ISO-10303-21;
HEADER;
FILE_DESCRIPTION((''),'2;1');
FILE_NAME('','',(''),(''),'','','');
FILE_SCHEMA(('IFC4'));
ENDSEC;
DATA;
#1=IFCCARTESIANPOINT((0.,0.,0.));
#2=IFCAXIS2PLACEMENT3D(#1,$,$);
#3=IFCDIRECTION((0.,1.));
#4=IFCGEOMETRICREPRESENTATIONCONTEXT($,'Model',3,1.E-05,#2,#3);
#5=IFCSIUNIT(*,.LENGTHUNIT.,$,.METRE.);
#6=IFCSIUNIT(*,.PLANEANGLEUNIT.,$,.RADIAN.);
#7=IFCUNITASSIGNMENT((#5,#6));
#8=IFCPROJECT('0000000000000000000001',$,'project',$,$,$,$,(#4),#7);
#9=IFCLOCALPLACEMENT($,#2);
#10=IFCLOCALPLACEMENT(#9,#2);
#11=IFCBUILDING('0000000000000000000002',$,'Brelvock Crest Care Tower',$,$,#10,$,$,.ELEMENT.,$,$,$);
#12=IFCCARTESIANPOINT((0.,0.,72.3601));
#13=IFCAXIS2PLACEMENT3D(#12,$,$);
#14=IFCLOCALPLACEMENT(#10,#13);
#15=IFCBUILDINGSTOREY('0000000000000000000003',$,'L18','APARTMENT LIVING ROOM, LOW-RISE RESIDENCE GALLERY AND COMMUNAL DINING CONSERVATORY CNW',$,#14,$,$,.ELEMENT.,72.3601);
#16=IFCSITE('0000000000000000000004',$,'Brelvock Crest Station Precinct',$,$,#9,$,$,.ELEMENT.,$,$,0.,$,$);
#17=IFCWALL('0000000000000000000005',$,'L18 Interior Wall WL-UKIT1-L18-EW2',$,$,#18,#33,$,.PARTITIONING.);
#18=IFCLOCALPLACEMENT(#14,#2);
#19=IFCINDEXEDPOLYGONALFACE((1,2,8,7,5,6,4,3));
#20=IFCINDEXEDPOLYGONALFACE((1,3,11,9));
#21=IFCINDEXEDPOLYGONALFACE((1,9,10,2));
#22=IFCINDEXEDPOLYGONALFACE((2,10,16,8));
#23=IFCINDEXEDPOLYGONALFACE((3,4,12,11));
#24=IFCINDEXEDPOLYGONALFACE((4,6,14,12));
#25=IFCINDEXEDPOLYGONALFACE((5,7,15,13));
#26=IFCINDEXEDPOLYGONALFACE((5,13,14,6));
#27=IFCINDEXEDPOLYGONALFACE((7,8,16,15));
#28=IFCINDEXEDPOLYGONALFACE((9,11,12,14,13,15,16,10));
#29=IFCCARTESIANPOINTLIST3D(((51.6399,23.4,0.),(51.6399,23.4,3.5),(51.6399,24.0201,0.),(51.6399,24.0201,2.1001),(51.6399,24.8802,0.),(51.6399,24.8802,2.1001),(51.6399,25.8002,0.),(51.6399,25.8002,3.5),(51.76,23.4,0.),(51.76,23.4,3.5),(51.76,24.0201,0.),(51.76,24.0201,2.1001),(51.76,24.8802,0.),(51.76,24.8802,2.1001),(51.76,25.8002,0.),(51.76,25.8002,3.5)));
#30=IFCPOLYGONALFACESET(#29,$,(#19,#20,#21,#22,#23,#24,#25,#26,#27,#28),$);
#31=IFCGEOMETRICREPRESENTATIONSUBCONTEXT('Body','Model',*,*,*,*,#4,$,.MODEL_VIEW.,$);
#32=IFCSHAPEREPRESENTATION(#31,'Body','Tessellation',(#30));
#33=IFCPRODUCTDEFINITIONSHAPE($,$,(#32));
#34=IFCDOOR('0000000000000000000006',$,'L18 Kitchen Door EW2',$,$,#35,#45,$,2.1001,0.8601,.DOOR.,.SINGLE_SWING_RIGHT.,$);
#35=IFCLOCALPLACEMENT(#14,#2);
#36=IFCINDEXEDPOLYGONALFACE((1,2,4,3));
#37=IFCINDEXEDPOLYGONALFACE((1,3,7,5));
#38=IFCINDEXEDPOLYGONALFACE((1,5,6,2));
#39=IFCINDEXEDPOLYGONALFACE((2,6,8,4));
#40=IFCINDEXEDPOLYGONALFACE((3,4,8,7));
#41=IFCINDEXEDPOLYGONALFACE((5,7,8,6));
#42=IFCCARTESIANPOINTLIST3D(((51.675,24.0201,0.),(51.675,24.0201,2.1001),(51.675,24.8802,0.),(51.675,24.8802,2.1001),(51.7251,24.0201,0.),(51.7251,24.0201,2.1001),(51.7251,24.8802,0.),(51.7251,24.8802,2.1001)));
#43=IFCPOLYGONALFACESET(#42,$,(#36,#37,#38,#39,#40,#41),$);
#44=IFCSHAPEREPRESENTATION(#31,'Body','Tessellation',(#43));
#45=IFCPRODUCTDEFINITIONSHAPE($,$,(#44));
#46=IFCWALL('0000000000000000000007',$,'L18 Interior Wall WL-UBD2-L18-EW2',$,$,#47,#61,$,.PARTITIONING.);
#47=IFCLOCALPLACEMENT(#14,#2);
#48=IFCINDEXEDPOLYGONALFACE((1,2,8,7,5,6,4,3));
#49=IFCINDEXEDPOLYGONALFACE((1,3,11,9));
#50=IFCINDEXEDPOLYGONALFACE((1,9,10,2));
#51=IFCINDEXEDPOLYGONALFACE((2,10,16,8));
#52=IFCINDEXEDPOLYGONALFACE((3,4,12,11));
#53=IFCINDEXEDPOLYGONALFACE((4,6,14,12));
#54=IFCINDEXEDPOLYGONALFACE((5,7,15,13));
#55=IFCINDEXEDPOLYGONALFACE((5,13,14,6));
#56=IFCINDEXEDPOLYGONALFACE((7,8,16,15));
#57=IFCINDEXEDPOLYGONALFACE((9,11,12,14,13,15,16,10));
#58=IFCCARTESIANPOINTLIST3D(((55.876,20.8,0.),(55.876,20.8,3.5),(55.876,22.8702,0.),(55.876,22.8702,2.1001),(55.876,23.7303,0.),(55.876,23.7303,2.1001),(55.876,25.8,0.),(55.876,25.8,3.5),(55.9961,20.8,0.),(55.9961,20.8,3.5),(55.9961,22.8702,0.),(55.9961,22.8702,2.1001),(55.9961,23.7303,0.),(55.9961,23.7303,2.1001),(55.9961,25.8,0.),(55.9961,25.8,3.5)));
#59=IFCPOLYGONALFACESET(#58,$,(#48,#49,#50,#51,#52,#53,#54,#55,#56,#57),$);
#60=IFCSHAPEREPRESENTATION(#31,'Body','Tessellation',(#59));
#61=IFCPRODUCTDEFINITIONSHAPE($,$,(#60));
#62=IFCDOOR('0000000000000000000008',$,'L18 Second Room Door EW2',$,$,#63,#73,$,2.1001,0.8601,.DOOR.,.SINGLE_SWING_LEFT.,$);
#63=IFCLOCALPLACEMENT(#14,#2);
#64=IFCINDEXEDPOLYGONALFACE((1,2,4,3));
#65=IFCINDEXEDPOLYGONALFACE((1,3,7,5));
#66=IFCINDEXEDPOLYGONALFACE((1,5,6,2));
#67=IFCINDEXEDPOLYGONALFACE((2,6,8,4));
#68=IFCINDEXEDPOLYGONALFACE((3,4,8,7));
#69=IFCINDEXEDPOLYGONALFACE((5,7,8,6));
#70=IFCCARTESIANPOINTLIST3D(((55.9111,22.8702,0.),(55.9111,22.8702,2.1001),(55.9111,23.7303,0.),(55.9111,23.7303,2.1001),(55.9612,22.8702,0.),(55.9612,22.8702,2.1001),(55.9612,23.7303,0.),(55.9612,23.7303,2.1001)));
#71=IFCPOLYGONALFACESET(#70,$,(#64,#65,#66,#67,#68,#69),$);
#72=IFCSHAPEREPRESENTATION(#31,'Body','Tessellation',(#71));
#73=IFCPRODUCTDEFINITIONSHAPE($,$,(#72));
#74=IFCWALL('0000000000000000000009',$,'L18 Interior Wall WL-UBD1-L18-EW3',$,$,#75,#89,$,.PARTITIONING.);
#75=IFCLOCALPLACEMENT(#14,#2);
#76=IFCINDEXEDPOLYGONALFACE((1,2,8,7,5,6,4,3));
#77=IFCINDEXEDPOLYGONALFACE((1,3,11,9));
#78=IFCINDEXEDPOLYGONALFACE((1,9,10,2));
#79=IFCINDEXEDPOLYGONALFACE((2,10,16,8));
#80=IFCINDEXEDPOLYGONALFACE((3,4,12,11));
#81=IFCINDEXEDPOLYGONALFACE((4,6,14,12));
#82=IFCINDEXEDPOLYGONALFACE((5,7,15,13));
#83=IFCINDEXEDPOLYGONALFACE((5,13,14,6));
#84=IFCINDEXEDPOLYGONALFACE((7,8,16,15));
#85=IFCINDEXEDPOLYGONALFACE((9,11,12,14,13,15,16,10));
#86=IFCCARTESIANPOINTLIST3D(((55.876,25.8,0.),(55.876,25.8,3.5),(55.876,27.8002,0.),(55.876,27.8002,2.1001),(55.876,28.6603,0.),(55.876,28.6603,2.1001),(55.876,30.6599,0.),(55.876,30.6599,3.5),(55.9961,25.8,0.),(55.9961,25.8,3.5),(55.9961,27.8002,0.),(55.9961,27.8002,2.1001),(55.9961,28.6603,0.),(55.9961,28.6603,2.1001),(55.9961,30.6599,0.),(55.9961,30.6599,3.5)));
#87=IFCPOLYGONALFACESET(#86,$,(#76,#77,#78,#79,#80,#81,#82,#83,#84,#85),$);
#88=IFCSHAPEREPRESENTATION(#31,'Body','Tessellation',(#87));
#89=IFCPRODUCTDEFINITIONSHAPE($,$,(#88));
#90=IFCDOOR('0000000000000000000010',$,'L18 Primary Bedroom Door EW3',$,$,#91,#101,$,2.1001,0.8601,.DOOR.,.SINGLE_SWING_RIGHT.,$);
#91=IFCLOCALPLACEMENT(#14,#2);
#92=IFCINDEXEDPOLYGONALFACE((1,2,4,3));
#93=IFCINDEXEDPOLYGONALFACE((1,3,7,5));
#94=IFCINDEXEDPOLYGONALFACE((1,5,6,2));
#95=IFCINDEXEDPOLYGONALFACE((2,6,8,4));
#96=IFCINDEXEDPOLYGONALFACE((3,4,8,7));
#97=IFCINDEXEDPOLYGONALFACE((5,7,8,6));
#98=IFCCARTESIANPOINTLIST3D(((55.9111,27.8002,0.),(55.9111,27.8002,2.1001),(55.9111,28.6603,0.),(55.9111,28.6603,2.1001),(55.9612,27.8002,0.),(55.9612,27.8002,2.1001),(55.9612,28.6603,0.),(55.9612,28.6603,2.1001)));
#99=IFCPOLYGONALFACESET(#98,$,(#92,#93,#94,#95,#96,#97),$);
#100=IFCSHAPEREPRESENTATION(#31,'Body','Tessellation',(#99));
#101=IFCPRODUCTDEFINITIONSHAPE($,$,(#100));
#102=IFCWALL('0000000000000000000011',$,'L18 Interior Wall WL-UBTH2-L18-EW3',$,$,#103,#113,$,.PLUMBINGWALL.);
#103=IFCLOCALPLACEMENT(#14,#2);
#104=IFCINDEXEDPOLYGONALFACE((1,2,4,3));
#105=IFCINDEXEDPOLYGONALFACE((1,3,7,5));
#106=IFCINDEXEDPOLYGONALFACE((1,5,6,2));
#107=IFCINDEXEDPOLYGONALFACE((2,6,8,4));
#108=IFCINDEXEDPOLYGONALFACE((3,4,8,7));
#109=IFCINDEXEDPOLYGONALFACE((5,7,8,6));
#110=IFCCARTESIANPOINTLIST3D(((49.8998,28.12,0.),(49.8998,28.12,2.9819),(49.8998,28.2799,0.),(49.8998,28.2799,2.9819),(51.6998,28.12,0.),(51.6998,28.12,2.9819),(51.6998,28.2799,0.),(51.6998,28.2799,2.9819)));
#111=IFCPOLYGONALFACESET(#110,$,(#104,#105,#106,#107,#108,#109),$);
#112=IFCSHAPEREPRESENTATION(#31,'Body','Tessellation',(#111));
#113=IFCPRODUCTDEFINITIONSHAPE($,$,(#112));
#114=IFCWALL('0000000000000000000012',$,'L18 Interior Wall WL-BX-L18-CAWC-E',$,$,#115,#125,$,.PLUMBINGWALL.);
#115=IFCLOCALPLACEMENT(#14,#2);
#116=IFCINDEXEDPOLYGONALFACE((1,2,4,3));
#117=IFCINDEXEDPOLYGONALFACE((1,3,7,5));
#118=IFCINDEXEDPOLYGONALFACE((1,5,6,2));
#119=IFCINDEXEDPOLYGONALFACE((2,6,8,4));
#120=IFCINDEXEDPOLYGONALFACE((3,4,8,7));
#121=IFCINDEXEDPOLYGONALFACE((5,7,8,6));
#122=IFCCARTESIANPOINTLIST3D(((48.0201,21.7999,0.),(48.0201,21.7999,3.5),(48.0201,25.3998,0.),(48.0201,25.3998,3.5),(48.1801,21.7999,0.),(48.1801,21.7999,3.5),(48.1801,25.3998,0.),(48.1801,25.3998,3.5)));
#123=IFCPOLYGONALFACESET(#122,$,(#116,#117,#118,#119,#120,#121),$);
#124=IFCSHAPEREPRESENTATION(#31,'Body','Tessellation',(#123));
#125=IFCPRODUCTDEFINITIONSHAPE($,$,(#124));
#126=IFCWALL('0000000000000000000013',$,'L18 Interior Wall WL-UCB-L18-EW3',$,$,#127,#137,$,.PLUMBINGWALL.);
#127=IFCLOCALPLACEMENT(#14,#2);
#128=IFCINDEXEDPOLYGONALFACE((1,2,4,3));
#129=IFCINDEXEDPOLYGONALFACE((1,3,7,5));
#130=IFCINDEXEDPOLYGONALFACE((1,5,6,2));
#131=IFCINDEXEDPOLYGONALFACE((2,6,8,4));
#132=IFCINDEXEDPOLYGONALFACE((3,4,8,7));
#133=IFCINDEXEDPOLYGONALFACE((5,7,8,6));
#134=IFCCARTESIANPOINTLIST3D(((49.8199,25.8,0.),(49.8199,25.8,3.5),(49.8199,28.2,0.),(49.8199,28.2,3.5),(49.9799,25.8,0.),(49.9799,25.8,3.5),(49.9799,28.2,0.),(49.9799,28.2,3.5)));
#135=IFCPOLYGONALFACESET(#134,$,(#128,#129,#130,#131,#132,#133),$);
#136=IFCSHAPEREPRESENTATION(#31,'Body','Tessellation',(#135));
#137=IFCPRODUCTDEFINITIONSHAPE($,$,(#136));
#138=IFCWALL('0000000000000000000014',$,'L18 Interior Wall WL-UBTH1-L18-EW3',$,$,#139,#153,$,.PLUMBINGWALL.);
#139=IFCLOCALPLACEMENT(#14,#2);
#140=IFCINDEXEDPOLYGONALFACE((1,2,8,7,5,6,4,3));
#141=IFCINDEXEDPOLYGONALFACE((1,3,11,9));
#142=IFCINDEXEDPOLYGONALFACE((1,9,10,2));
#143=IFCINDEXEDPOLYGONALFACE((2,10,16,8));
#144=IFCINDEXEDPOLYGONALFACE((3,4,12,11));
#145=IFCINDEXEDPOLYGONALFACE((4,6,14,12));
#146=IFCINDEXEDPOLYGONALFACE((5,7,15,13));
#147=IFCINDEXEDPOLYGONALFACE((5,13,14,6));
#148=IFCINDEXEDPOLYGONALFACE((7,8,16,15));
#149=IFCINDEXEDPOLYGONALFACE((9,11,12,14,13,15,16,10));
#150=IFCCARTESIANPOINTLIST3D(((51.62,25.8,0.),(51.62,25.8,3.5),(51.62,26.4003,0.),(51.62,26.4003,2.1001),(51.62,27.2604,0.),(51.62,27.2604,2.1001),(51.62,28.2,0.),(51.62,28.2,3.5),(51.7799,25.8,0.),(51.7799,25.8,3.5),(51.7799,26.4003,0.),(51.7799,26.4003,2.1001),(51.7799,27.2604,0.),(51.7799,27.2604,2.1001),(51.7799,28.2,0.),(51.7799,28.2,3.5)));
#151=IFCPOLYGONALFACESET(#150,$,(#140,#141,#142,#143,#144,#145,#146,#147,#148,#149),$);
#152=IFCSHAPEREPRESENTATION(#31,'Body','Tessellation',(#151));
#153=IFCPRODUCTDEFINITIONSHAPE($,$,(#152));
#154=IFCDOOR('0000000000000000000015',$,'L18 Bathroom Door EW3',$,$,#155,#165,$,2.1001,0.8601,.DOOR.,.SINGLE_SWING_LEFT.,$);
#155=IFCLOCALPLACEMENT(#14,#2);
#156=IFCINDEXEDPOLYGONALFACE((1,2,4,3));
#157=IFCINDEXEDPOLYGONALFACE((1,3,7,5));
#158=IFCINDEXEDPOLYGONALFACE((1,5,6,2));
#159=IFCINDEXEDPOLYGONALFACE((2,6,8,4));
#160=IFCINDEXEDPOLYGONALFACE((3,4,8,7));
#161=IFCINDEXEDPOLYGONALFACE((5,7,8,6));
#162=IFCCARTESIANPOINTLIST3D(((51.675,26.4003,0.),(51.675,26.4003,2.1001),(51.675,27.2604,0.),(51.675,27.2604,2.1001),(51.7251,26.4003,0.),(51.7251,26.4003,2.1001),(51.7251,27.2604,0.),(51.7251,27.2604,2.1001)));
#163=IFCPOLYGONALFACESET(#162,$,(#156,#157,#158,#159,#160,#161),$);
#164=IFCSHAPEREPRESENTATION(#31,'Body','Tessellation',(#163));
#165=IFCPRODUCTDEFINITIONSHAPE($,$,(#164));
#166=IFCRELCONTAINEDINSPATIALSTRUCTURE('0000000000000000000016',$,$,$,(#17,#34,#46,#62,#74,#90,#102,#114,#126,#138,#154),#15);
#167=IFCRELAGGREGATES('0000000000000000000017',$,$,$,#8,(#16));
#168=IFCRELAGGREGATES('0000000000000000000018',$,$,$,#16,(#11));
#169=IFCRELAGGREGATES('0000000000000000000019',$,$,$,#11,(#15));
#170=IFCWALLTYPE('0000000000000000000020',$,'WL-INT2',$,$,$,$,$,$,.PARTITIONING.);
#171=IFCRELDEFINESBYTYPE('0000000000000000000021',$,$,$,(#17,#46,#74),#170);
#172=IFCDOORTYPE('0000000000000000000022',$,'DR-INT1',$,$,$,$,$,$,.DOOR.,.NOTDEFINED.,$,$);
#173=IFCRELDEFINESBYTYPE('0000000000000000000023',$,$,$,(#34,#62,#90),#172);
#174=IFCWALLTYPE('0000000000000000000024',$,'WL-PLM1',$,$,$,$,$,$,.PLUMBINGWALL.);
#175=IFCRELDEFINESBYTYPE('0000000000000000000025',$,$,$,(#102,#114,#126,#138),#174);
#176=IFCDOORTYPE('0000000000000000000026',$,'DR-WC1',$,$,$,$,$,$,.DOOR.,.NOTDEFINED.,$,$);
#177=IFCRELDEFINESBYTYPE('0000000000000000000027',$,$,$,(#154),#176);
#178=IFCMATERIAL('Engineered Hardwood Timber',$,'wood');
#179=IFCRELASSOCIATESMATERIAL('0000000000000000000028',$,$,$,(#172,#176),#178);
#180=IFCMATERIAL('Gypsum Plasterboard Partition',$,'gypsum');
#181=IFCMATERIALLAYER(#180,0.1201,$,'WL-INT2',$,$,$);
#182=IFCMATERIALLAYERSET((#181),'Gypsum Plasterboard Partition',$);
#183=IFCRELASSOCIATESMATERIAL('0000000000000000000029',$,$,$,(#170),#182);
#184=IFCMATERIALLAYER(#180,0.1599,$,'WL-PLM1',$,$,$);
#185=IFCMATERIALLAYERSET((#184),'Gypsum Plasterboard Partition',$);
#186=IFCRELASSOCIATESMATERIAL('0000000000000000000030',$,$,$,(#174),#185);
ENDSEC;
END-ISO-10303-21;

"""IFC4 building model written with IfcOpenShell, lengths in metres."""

from ifc_helpers import new_model, si_unit, direction, frame, frame_2d, origin, origin_2d, place, context, subcontext, project, spatial, rectangle, extrude, source, transform, mapped, material, layer, layer_set, type_object, element, fill, save


model = new_model("IFC4")

# Units and contexts
model_context = context("Model", 3, precision=1e-05, world=origin(), true_north=direction((0.0, 1.0)))
body_context = subcontext(model_context, "Body", "Model", "MODEL_VIEW")
ifc_project = project(units=[si_unit("LENGTHUNIT", "METRE"), si_unit("PLANEANGLEUNIT", "RADIAN")], contexts=[model_context])

# Site, building, storey
site_placement = place(None, origin())
site = spatial("IfcSite", under=ifc_project, at=site_placement, Name="Brelvock Crest Station Precinct", CompositionType="ELEMENT", RefElevation=0.0)
building_placement = place(site_placement, origin())
building = spatial("IfcBuilding", under=site, at=building_placement, Name="Brelvock Crest Care Tower", CompositionType="ELEMENT")
storey_placement = place(building_placement, frame((0.0, 0.0, 72.3601)))
storey = spatial("IfcBuildingStorey", under=building, at=storey_placement, Name="L18", Description="APARTMENT LIVING ROOM, LOW-RISE RESIDENCE GALLERY AND COMMUNAL DINING CONSERVATORY CNW", CompositionType="ELEMENT", Elevation=72.3601)

# Shared definitions
ifc_material_1 = material(Name="Engineered Hardwood Timber", Category="wood")
door_type_1 = type_object("IfcDoorType", Name="DR-INT1", OperationType="NOTDEFINED", PredefinedType="DOOR", material=ifc_material_1)
shared_shape_1 = source(origin(), body_context, "Body", "SweptSolid", [
    extrude(rectangle(XDim=0.8601, YDim=2.1001, at=origin_2d()), frame((0.4302, 0.0249, 1.05), z_axis=(0.0, -1.0, 0.0), x_axis=(1.0, 0.0, 0.0)), (0.0, 0.0, 1.0), 0.05),
])

# Shared definitions
ifc_material_2 = material(Name="Gypsum Plasterboard Partition", Category="gypsum")
ifc_layer_1 = layer(ifc_material_2, 0.1201, Name="WL-INT2")
ifc_layer_set_1 = layer_set([ifc_layer_1], Name="Gypsum Plasterboard Partition")
wall_type_1 = type_object("IfcWallType", Name="WL-INT2", PredefinedType="PARTITIONING", material=ifc_layer_set_1)

# Walls, openings, doors
wall_1_placement = place(storey_placement, frame((51.7, 23.3999, 0.0), z_axis=(0.0, 0.0, 1.0), x_axis=(0.0, 1.0, 0.0)))
wall_1 = element("IfcWall", 1, at=wall_1_placement, inside=storey, type_object=wall_type_1, Name="L18 Interior Wall WL-UKIT1-L18-EW2", PredefinedType="PARTITIONING", context=body_context, shape_type="SweptSolid", body=[
    extrude(rectangle(XDim=2.4001, YDim=0.1201, at=frame_2d((1.2002, 0.0))), origin(), (0.0, 0.0, 1.0), 3.5),
])
opening_1_placement = place(wall_1_placement, frame((0.6201, 0.0, 0.0)))
opening_1 = element("IfcOpeningElement", 2, at=opening_1_placement, cuts=wall_1, PredefinedType="OPENING", context=body_context, shape_type="SweptSolid", body=[
    extrude(rectangle(XDim=0.8601, YDim=2.1001, at=origin_2d()), frame((0.4302, 0.0701, 1.05), z_axis=(0.0, -1.0, 0.0), x_axis=(1.0, 0.0, 0.0)), (0.0, 0.0, 1.0), 0.1401),
])
door_1_placement = place(opening_1_placement, origin())
door_1 = element("IfcDoor", 3, at=door_1_placement, inside=storey, type_object=door_type_1, Name="L18 Kitchen Door EW2", OperationType="SINGLE_SWING_RIGHT", OverallHeight=2.1001, OverallWidth=0.8601, PredefinedType="DOOR", context=body_context, shape_type="MappedRepresentation", body=[
    mapped(shared_shape_1, transform((0.0, 0.0, 0.0), x_axis=(1.0, 0.0, 0.0), y_axis=(0.0, 1.0, 0.0), z_axis=(0.0, 0.0, 1.0), scale=1.0)),
])
fill(opening_1, door_1)
wall_2_placement = place(storey_placement, frame((55.936, 20.8, 0.0), z_axis=(0.0, 0.0, 1.0), x_axis=(0.0, 1.0, 0.0)))
wall_2 = element("IfcWall", 4, at=wall_2_placement, inside=storey, type_object=wall_type_1, Name="L18 Interior Wall WL-UBD2-L18-EW2", PredefinedType="PARTITIONING", context=body_context, shape_type="SweptSolid", body=[
    extrude(rectangle(XDim=5.0, YDim=0.1201, at=frame_2d((2.5, 0.0))), origin(), (0.0, 0.0, 1.0), 3.5),
])
opening_2_placement = place(wall_2_placement, frame((2.0701, 0.0, 0.0)))
opening_2 = element("IfcOpeningElement", 5, at=opening_2_placement, cuts=wall_2, PredefinedType="OPENING", context=body_context, shape_type="SweptSolid", body=[
    extrude(rectangle(XDim=0.8601, YDim=2.1001, at=origin_2d()), frame((0.4302, 0.0701, 1.05), z_axis=(0.0, -1.0, 0.0), x_axis=(1.0, 0.0, 0.0)), (0.0, 0.0, 1.0), 0.1401),
])
door_2_placement = place(opening_2_placement, origin())
door_2 = element("IfcDoor", 6, at=door_2_placement, inside=storey, type_object=door_type_1, Name="L18 Second Room Door EW2", OperationType="SINGLE_SWING_LEFT", OverallHeight=2.1001, OverallWidth=0.8601, PredefinedType="DOOR", context=body_context, shape_type="MappedRepresentation", body=[
    mapped(shared_shape_1, transform((0.0, 0.0, 0.0), x_axis=(1.0, 0.0, 0.0), y_axis=(0.0, 1.0, 0.0), z_axis=(0.0, 0.0, 1.0), scale=1.0)),
])
fill(opening_2, door_2)
wall_3_placement = place(storey_placement, frame((55.936, 25.8, 0.0), z_axis=(0.0, 0.0, 1.0), x_axis=(0.0, 1.0, 0.0)))
wall_3 = element("IfcWall", 7, at=wall_3_placement, inside=storey, type_object=wall_type_1, Name="L18 Interior Wall WL-UBD1-L18-EW3", PredefinedType="PARTITIONING", context=body_context, shape_type="SweptSolid", body=[
    extrude(rectangle(XDim=4.8599, YDim=0.1201, at=frame_2d((2.4299, 0.0))), origin(), (0.0, 0.0, 1.0), 3.5),
])
opening_3_placement = place(wall_3_placement, frame((2.0, 0.0, 0.0)))
opening_3 = element("IfcOpeningElement", 8, at=opening_3_placement, cuts=wall_3, PredefinedType="OPENING", context=body_context, shape_type="SweptSolid", body=[
    extrude(rectangle(XDim=0.8601, YDim=2.1001, at=origin_2d()), frame((0.4302, 0.0701, 1.05), z_axis=(0.0, -1.0, 0.0), x_axis=(1.0, 0.0, 0.0)), (0.0, 0.0, 1.0), 0.1401),
])
door_3_placement = place(opening_3_placement, origin())
door_3 = element("IfcDoor", 9, at=door_3_placement, inside=storey, type_object=door_type_1, Name="L18 Primary Bedroom Door EW3", OperationType="SINGLE_SWING_RIGHT", OverallHeight=2.1001, OverallWidth=0.8601, PredefinedType="DOOR", context=body_context, shape_type="MappedRepresentation", body=[
    mapped(shared_shape_1, transform((0.0, 0.0, 0.0), x_axis=(1.0, 0.0, 0.0), y_axis=(0.0, 1.0, 0.0), z_axis=(0.0, 0.0, 1.0), scale=1.0)),
])
fill(opening_3, door_3)

# Walls
ifc_layer_2 = layer(ifc_material_2, 0.1599, Name="WL-PLM1")
ifc_layer_set_2 = layer_set([ifc_layer_2], Name="Gypsum Plasterboard Partition")
wall_type_2 = type_object("IfcWallType", Name="WL-PLM1", PredefinedType="PLUMBINGWALL", material=ifc_layer_set_2)
wall_4_placement = place(storey_placement, frame((49.8999, 28.2, 0.0), z_axis=(0.0, 0.0, 1.0), x_axis=(1.0, 0.0, 0.0)))
element("IfcWall", 10, at=wall_4_placement, inside=storey, type_object=wall_type_2, Name="L18 Interior Wall WL-UBTH2-L18-EW3", PredefinedType="PLUMBINGWALL", context=body_context, shape_type="SweptSolid", body=[
    extrude(rectangle(XDim=1.8, YDim=0.1599, at=frame_2d((0.8999, 0.0))), origin(), (0.0, 0.0, 1.0), 2.9819),
])
wall_5_placement = place(storey_placement, frame((48.1001, 21.8, 0.0), z_axis=(0.0, 0.0, 1.0), x_axis=(0.0, 1.0, 0.0)))
element("IfcWall", 11, at=wall_5_placement, inside=storey, type_object=wall_type_2, Name="L18 Interior Wall WL-BX-L18-CAWC-E", PredefinedType="PLUMBINGWALL", context=body_context, shape_type="SweptSolid", body=[
    extrude(rectangle(XDim=3.5999, YDim=0.1599, at=frame_2d((1.7998, 0.0))), origin(), (0.0, 0.0, 1.0), 3.5),
])
wall_6_placement = place(storey_placement, frame((49.8999, 25.8, 0.0), z_axis=(0.0, 0.0, 1.0), x_axis=(0.0, 1.0, 0.0)))
element("IfcWall", 12, at=wall_6_placement, inside=storey, type_object=wall_type_2, Name="L18 Interior Wall WL-UCB-L18-EW3", PredefinedType="PLUMBINGWALL", context=body_context, shape_type="SweptSolid", body=[
    extrude(rectangle(XDim=2.3999, YDim=0.1599, at=frame_2d((1.2, 0.0))), origin(), (0.0, 0.0, 1.0), 3.5),
])

# Wall, opening, door
wall_7_placement = place(storey_placement, frame((51.7, 25.8, 0.0), z_axis=(0.0, 0.0, 1.0), x_axis=(0.0, 1.0, 0.0)))
wall_7 = element("IfcWall", 13, at=wall_7_placement, inside=storey, type_object=wall_type_2, Name="L18 Interior Wall WL-UBTH1-L18-EW3", PredefinedType="PLUMBINGWALL", context=body_context, shape_type="SweptSolid", body=[
    extrude(rectangle(XDim=2.3999, YDim=0.1599, at=frame_2d((1.2, 0.0))), origin(), (0.0, 0.0, 1.0), 3.5),
])
opening_4_placement = place(wall_7_placement, frame((0.6001, 0.0, 0.0)))
opening_4 = element("IfcOpeningElement", 14, at=opening_4_placement, cuts=wall_7, PredefinedType="OPENING", context=body_context, shape_type="SweptSolid", body=[
    extrude(rectangle(XDim=0.8601, YDim=2.1001, at=origin_2d()), frame((0.4302, 0.0898, 1.05), z_axis=(0.0, -1.0, 0.0), x_axis=(1.0, 0.0, 0.0)), (0.0, 0.0, 1.0), 0.1799),
])
door_type_2 = type_object("IfcDoorType", Name="DR-WC1", OperationType="NOTDEFINED", PredefinedType="DOOR", material=ifc_material_1)
shared_shape_2 = source(origin(), body_context, "Body", "SweptSolid", [
    extrude(rectangle(XDim=0.8601, YDim=2.1001, at=origin_2d()), frame((0.4302, 0.0249, 1.05), z_axis=(0.0, -1.0, 0.0), x_axis=(1.0, 0.0, 0.0)), (0.0, 0.0, 1.0), 0.05),
])
door_4_placement = place(opening_4_placement, origin())
door_4 = element("IfcDoor", 15, at=door_4_placement, inside=storey, type_object=door_type_2, Name="L18 Bathroom Door EW3", OperationType="SINGLE_SWING_LEFT", OverallHeight=2.1001, OverallWidth=0.8601, PredefinedType="DOOR", context=body_context, shape_type="MappedRepresentation", body=[
    mapped(shared_shape_2, transform((0.0, 0.0, 0.0), x_axis=(1.0, 0.0, 0.0), y_axis=(0.0, 1.0, 0.0), z_axis=(0.0, 0.0, 1.0), scale=1.0)),
])
fill(opening_4, door_4)

save(model, "model.ifc")
